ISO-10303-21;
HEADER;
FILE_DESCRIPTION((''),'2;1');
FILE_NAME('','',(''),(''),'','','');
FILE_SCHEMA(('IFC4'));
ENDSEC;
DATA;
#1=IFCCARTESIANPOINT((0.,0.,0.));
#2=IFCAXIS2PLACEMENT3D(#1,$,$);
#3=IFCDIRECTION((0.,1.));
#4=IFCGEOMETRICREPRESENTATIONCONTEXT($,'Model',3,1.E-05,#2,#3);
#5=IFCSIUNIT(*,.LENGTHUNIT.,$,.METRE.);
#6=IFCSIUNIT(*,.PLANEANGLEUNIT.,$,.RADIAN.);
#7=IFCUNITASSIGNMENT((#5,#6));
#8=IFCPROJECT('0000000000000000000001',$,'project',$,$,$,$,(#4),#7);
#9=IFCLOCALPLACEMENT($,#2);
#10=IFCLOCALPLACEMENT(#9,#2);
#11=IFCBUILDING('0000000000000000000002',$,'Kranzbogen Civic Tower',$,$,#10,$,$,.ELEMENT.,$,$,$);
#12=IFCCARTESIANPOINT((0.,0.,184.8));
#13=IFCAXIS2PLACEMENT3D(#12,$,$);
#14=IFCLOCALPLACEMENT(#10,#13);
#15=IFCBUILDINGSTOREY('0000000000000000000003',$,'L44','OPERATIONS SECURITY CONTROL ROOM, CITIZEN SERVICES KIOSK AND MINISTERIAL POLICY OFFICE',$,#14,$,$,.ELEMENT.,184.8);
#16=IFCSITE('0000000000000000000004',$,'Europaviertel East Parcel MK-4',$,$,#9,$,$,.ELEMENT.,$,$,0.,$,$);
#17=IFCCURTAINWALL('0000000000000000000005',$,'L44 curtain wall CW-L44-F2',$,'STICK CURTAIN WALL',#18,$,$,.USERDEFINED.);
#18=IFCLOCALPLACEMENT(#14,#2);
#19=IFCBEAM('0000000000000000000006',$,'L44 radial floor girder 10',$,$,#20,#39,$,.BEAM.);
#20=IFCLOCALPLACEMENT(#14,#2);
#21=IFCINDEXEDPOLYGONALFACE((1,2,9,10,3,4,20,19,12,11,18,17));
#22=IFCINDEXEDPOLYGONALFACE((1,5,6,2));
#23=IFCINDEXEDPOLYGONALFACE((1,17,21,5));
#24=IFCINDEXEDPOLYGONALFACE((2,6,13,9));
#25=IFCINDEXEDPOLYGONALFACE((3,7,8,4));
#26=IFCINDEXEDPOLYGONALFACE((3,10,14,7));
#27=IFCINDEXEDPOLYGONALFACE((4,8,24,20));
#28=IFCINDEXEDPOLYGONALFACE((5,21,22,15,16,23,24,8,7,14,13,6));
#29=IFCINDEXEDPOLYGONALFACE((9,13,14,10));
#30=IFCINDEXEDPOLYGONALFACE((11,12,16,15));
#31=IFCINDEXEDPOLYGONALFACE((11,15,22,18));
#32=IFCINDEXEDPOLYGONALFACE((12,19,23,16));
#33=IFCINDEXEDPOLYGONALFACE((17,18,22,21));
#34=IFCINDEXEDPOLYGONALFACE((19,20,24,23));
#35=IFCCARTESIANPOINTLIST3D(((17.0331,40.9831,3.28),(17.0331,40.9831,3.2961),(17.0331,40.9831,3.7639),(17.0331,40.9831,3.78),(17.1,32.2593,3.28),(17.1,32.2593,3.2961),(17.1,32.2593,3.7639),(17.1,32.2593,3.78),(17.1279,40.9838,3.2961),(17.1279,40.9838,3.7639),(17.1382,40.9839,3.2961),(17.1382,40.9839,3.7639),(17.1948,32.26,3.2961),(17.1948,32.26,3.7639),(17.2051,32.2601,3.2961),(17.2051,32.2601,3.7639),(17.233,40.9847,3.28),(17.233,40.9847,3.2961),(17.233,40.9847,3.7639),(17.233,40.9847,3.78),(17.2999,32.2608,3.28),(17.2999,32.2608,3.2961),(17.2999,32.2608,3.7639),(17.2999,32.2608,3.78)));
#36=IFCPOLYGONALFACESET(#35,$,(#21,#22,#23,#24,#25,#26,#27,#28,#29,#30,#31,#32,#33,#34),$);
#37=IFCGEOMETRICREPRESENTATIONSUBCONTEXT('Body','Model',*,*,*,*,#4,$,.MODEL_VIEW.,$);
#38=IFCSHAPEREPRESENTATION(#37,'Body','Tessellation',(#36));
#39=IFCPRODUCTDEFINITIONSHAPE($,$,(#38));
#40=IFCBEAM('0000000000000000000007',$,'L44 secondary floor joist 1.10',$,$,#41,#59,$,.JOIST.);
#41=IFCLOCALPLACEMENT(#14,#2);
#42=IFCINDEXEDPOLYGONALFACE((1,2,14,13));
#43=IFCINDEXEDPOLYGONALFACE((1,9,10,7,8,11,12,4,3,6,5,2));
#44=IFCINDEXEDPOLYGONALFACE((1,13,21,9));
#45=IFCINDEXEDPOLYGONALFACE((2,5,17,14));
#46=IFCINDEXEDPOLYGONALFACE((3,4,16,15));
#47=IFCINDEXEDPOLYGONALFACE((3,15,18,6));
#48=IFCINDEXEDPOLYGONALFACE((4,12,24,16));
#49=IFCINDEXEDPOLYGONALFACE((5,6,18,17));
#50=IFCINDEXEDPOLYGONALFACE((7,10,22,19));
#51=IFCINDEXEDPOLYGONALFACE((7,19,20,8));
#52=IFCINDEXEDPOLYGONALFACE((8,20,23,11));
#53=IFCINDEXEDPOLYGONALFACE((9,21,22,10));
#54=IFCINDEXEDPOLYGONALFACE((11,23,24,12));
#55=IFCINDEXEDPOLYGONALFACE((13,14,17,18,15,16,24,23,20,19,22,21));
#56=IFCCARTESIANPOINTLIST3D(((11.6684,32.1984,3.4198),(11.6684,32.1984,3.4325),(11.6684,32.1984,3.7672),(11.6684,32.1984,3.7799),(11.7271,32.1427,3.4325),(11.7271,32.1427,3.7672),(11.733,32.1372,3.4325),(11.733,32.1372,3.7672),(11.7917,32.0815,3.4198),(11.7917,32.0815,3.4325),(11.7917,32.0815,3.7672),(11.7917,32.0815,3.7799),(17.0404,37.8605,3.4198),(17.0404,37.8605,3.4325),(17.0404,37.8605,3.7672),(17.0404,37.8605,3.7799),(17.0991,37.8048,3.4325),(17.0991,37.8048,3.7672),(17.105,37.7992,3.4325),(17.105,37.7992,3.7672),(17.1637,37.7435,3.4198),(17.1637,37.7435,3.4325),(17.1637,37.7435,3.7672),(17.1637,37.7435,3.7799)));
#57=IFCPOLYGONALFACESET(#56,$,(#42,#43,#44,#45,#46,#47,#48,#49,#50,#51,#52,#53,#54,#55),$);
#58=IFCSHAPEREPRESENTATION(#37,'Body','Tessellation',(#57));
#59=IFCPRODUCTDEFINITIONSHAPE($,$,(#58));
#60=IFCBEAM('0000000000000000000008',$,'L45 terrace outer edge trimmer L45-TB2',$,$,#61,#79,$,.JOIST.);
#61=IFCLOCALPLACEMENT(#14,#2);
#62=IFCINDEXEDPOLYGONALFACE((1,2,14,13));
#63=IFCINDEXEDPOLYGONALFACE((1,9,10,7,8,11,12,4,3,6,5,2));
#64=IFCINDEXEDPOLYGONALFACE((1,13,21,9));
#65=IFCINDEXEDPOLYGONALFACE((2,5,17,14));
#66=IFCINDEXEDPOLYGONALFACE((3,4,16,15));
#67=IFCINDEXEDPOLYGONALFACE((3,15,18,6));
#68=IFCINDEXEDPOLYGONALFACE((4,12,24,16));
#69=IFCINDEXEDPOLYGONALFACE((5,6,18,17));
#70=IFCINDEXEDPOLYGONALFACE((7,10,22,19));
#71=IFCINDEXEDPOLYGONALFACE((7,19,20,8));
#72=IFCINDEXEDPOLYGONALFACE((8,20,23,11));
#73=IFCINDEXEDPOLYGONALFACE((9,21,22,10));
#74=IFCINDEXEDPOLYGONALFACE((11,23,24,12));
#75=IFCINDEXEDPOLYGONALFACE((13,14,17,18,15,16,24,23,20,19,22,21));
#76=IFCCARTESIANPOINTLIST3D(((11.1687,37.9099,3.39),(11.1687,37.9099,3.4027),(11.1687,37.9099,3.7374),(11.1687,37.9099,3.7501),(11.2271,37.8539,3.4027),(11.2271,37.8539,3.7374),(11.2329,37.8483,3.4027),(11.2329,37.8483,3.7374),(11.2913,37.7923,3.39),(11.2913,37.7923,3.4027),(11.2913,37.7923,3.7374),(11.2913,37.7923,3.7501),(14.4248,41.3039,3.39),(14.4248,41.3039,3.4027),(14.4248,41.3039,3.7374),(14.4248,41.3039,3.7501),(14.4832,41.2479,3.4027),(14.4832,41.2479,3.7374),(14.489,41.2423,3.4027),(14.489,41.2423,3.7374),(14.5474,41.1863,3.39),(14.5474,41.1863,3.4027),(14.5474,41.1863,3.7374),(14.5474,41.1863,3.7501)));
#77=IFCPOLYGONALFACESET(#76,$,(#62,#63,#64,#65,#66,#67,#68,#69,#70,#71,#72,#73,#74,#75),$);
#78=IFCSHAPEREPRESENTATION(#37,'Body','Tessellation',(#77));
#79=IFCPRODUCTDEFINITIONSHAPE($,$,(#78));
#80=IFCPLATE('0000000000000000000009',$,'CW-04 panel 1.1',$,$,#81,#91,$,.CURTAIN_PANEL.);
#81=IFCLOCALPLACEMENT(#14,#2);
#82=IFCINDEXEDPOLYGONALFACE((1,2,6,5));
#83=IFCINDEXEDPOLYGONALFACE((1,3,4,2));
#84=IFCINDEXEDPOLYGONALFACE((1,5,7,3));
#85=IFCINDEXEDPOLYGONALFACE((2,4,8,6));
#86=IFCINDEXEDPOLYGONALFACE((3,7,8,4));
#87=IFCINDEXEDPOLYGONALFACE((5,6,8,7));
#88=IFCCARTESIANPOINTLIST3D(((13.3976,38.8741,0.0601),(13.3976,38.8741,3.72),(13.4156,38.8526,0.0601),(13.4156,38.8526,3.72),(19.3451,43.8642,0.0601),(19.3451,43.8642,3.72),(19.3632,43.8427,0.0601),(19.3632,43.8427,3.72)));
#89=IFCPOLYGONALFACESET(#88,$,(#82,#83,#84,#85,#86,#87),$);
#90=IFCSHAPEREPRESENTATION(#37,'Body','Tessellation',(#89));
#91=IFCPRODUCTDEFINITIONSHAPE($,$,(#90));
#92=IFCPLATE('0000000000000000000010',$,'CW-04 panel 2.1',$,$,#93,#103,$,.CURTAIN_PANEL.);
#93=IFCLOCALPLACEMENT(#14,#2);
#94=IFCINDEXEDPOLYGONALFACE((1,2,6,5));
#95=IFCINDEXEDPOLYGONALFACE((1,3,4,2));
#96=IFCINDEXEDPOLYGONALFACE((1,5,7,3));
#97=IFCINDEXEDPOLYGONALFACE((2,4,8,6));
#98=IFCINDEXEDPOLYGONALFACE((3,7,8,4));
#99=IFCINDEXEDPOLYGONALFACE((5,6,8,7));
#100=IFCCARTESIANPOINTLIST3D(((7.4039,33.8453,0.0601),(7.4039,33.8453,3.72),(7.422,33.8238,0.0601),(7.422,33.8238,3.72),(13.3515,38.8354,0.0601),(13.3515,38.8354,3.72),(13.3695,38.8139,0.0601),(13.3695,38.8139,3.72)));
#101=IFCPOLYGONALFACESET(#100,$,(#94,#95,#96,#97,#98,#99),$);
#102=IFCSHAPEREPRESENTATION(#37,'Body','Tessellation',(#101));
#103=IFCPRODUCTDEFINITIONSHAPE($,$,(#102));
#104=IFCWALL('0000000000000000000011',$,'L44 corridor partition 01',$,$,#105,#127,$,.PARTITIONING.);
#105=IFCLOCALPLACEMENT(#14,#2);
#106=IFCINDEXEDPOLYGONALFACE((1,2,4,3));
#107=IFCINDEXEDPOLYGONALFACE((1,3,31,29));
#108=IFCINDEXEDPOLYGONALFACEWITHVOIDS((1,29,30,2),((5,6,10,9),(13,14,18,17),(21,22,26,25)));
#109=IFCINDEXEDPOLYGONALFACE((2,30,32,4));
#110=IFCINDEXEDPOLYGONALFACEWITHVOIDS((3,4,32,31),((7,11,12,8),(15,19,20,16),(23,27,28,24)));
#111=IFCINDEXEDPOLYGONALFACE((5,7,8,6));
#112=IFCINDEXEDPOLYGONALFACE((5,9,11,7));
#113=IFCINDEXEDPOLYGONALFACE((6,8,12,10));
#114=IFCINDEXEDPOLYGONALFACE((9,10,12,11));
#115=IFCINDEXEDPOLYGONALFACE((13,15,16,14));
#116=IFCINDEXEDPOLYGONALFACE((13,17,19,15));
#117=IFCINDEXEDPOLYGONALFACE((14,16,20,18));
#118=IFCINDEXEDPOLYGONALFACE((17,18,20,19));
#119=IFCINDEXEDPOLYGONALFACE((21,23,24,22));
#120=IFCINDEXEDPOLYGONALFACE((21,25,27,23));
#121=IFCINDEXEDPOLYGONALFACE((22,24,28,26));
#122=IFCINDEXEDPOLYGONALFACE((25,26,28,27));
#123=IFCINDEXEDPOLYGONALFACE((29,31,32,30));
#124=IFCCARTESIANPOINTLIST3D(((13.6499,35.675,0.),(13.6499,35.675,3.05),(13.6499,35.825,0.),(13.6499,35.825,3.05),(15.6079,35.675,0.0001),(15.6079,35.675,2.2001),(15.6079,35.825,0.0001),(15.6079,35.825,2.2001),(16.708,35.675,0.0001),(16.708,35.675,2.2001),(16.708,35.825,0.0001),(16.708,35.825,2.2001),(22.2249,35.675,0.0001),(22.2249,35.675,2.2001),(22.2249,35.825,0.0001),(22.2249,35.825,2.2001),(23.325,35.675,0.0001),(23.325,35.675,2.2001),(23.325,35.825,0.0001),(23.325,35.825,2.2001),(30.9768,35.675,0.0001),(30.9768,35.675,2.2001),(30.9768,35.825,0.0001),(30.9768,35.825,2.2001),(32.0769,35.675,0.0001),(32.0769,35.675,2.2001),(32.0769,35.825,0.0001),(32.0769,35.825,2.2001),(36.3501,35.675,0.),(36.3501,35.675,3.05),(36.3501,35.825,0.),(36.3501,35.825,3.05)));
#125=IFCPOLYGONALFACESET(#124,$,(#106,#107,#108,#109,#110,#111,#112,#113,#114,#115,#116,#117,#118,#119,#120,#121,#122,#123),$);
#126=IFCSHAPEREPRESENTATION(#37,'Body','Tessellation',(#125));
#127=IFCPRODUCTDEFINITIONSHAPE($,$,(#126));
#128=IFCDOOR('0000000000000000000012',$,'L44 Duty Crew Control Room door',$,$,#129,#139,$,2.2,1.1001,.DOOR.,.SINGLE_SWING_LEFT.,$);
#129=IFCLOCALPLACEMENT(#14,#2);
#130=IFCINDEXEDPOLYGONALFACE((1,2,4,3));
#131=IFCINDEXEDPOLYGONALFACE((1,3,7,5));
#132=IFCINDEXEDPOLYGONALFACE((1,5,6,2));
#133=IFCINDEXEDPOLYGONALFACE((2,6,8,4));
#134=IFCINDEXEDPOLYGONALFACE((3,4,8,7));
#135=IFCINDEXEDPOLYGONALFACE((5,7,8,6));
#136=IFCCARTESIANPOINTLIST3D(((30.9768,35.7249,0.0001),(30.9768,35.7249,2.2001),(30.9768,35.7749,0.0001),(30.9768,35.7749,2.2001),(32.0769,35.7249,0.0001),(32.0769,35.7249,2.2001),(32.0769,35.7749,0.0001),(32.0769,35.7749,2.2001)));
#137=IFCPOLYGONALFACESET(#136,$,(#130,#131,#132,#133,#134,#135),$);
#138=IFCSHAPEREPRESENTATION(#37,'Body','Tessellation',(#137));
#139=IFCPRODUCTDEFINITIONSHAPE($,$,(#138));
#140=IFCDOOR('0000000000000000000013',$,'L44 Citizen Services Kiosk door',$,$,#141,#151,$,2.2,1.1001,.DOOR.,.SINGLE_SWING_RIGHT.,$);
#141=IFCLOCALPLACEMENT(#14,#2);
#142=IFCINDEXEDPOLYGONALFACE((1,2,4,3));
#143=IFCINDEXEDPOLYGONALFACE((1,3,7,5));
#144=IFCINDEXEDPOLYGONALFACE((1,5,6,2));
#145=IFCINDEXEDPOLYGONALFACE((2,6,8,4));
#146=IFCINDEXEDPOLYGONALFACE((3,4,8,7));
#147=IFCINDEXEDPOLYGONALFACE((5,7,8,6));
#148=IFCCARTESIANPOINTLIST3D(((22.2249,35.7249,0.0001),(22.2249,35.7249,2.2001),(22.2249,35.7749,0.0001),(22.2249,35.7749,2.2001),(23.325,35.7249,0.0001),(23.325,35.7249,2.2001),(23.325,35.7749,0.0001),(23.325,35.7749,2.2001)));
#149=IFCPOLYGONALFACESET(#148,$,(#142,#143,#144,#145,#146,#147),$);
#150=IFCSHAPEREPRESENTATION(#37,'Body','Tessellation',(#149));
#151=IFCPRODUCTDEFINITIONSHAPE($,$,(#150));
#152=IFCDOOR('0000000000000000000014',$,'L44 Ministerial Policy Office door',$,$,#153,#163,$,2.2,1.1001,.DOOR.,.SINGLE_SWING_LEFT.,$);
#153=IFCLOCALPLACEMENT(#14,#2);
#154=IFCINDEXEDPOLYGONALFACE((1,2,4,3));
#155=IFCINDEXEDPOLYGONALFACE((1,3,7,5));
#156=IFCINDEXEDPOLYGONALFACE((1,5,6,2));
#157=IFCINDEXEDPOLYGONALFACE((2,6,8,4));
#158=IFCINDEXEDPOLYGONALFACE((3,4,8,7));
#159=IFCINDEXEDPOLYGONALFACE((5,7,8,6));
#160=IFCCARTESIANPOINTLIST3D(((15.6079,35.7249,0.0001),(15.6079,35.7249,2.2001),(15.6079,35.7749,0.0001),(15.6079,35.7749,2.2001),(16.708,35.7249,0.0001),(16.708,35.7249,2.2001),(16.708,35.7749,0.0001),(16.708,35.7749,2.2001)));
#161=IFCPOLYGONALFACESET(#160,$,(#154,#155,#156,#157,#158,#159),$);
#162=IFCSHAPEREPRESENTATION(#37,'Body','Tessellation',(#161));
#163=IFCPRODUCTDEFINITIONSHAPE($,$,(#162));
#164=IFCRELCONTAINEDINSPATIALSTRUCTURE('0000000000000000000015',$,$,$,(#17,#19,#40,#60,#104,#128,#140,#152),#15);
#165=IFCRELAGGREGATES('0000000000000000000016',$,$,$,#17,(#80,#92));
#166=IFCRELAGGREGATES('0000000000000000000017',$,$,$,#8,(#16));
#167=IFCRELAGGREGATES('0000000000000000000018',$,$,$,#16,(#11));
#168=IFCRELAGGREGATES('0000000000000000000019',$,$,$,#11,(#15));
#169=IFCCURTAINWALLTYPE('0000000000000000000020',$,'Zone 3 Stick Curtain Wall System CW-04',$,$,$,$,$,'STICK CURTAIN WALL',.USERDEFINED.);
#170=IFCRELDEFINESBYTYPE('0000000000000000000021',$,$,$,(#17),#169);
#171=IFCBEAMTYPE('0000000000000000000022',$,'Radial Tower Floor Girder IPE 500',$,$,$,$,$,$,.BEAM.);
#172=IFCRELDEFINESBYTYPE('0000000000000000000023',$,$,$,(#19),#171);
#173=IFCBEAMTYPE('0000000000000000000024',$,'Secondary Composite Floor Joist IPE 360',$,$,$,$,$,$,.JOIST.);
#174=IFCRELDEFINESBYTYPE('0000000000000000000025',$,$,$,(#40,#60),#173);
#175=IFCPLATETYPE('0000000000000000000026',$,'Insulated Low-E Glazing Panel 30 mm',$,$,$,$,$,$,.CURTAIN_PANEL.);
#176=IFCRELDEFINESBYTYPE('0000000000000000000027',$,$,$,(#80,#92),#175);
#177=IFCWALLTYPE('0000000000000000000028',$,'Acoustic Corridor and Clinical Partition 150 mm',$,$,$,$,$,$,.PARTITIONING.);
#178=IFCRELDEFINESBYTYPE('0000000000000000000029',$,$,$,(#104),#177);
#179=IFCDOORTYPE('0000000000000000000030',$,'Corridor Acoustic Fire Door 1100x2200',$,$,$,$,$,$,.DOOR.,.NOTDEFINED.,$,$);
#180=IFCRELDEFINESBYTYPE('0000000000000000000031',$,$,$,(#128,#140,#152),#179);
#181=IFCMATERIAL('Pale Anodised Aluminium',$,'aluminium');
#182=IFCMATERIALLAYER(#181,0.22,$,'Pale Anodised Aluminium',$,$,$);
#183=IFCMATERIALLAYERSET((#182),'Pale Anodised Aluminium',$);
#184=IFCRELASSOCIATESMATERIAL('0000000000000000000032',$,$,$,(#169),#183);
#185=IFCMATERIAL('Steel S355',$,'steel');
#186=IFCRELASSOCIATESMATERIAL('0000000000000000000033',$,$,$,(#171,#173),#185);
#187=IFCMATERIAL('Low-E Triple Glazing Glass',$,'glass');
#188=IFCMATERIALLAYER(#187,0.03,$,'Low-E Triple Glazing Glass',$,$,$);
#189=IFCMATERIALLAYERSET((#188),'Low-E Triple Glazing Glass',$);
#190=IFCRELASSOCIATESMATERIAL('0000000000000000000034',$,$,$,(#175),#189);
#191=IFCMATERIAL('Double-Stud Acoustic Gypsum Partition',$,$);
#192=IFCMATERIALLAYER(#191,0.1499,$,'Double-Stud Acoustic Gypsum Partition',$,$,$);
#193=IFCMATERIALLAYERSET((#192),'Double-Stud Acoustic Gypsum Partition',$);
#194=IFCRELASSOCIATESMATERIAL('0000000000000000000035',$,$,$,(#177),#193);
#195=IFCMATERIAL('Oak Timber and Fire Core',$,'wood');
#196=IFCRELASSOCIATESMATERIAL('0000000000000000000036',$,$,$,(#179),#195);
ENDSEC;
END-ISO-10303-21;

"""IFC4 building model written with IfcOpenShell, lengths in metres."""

from ifc_helpers import new_model, si_unit, direction, frame, frame_2d, origin, origin_2d, place, context, subcontext, project, spatial, rectangle, i_section, extrude, material, layer, layer_set, material_profile, profile_set, type_object, element, fill, aggregate, save


model = new_model("IFC4")

# Units and contexts
model_context = context("Model", 3, precision=1e-05, world=origin(), true_north=direction((0.0, 1.0)))
body_context = subcontext(model_context, "Body", "Model", "MODEL_VIEW")
ifc_project = project(units=[si_unit("LENGTHUNIT", "METRE"), si_unit("PLANEANGLEUNIT", "RADIAN")], contexts=[model_context])

# Site, building, storey
site_placement = place(None, origin())
site = spatial("IfcSite", under=ifc_project, at=site_placement, Name="Europaviertel East Parcel MK-4", CompositionType="ELEMENT", RefElevation=0.0)
building_placement = place(site_placement, origin())
building = spatial("IfcBuilding", under=site, at=building_placement, Name="Kranzbogen Civic Tower", CompositionType="ELEMENT")
storey_placement = place(building_placement, frame((0.0, 0.0, 184.8)))
storey = spatial("IfcBuildingStorey", under=building, at=storey_placement, Name="L44", Description="OPERATIONS SECURITY CONTROL ROOM, CITIZEN SERVICES KIOSK AND MINISTERIAL POLICY OFFICE", CompositionType="ELEMENT", Elevation=184.8)

# Shared definitions
ifc_material_1 = material(Name="Steel S355", Category="steel")

# Curtain wall
ifc_material_2 = material(Name="Pale Anodised Aluminium", Category="aluminium")
ifc_layer_1 = layer(ifc_material_2, 0.22, Name="Pale Anodised Aluminium")
ifc_layer_set_1 = layer_set([ifc_layer_1], Name="Pale Anodised Aluminium")
curtain_wall_type = type_object("IfcCurtainWallType", Name="Zone 3 Stick Curtain Wall System CW-04", ElementType="STICK CURTAIN WALL", PredefinedType="USERDEFINED", material=ifc_layer_set_1)
curtain_wall_placement = place(storey_placement, origin())
curtain_wall = element("IfcCurtainWall", 1, at=curtain_wall_placement, inside=storey, type_object=curtain_wall_type, Name="L44 curtain wall CW-L44-F2", ObjectType="STICK CURTAIN WALL", PredefinedType="USERDEFINED")

# Beams
ifc_material_profile_1 = material_profile(ifc_material_1, i_section(OverallWidth=0.2, OverallDepth=0.5, WebThickness=0.0103, FlangeThickness=0.0161, at=origin_2d()), Name="IPE 500")
ifc_profile_set_1 = profile_set([ifc_material_profile_1], Name="Steel S355")
beam_type_1 = type_object("IfcBeamType", Name="Radial Tower Floor Girder IPE 500", PredefinedType="BEAM", material=ifc_profile_set_1)
beam_1_placement = place(storey_placement, frame((17.1331, 40.9839, 3.53), z_axis=(0.007668, -0.999971, 0.0), x_axis=(0.999971, 0.007668, 0.0)))
element("IfcBeam", 2, at=beam_1_placement, inside=storey, type_object=beam_type_1, Name="L44 radial floor girder 10", PredefinedType="BEAM", context=body_context, shape_type="SweptSolid", body=[
    extrude(i_section(OverallWidth=0.2, OverallDepth=0.5, WebThickness=0.0103, FlangeThickness=0.0161, at=origin_2d()), origin(), (0.0, 0.0, 1.0), 8.7241),
])
ifc_material_profile_2 = material_profile(ifc_material_1, i_section(OverallWidth=0.1699, OverallDepth=0.3601, WebThickness=0.0081, FlangeThickness=0.0127, at=origin_2d()), Name="IPE 360")
ifc_profile_set_2 = profile_set([ifc_material_profile_2], Name="Steel S355")
beam_type_2 = type_object("IfcBeamType", Name="Secondary Composite Floor Joist IPE 360", PredefinedType="JOIST", material=ifc_profile_set_2)
beam_2_placement = place(storey_placement, frame((17.1021, 37.802, 3.5999), z_axis=(-0.688282, -0.725443, 0.0), x_axis=(0.725443, -0.688282, 0.0)))
element("IfcBeam", 3, at=beam_2_placement, inside=storey, type_object=beam_type_2, Name="L44 secondary floor joist 1.10", PredefinedType="JOIST", context=body_context, shape_type="SweptSolid", body=[
    extrude(i_section(OverallWidth=0.1699, OverallDepth=0.3601, WebThickness=0.0081, FlangeThickness=0.0127, at=origin_2d()), origin(), (0.0, 0.0, 1.0), 7.8049),
])
beam_3_placement = place(storey_placement, frame((14.4861, 41.2451, 3.5701), z_axis=(-0.692291, -0.721619, 0.0), x_axis=(0.721619, -0.692291, 0.0)))
element("IfcBeam", 4, at=beam_3_placement, inside=storey, type_object=beam_type_2, Name="L45 terrace outer edge trimmer L45-TB2", PredefinedType="JOIST", context=body_context, shape_type="SweptSolid", body=[
    extrude(i_section(OverallWidth=0.1699, OverallDepth=0.3601, WebThickness=0.0081, FlangeThickness=0.0127, at=origin_2d()), origin(), (0.0, 0.0, 1.0), 4.7034),
])

# Plates
ifc_material_3 = material(Name="Low-E Triple Glazing Glass", Category="glass")
ifc_layer_2 = layer(ifc_material_3, 0.03, Name="Low-E Triple Glazing Glass")
ifc_layer_set_2 = layer_set([ifc_layer_2], Name="Low-E Triple Glazing Glass")
plate_type = type_object("IfcPlateType", Name="Insulated Low-E Glazing Panel 30 mm", PredefinedType="CURTAIN_PANEL", material=ifc_layer_set_2)
plate_1_placement = place(storey_placement, frame((16.3804, 41.3584, 0.0601), z_axis=(0.0, 0.0, 1.0), x_axis=(-0.766072, -0.642755, 0.0)))
plate_1 = element("IfcPlate", 5, at=plate_1_placement, type_object=plate_type, Name="CW-04 panel 1.1", PredefinedType="CURTAIN_PANEL", context=body_context, shape_type="SweptSolid", body=[
    extrude(rectangle(XDim=7.7637, YDim=0.0281, at=origin_2d()), origin(), (0.0, 0.0, 1.0), 3.6599),
])
plate_2_placement = place(storey_placement, frame((10.3867, 36.3296, 0.0601), z_axis=(0.0, 0.0, 1.0), x_axis=(-0.766072, -0.642755, 0.0)))
plate_2 = element("IfcPlate", 6, at=plate_2_placement, type_object=plate_type, Name="CW-04 panel 2.1", PredefinedType="CURTAIN_PANEL", context=body_context, shape_type="SweptSolid", body=[
    extrude(rectangle(XDim=7.7637, YDim=0.0281, at=origin_2d()), origin(), (0.0, 0.0, 1.0), 3.6599),
])
aggregate(curtain_wall, [plate_1, plate_2])

# Wall, openings, doors
ifc_material_4 = material(Name="Double-Stud Acoustic Gypsum Partition")
ifc_layer_3 = layer(ifc_material_4, 0.1499, Name="Double-Stud Acoustic Gypsum Partition")
ifc_layer_set_3 = layer_set([ifc_layer_3], Name="Double-Stud Acoustic Gypsum Partition")
wall_type_1 = type_object("IfcWallType", Name="Acoustic Corridor and Clinical Partition 150 mm", PredefinedType="PARTITIONING", material=ifc_layer_set_3)
wall_1_placement = place(storey_placement, frame((13.6499, 35.75, 0.0), z_axis=(0.0, 0.0, 1.0), x_axis=(1.0, 0.0, 0.0)))
wall_1 = element("IfcWall", 7, at=wall_1_placement, inside=storey, type_object=wall_type_1, Name="L44 corridor partition 01", PredefinedType="PARTITIONING", context=body_context, shape_type="SweptSolid", body=[
    extrude(rectangle(XDim=22.7002, YDim=0.1499, at=frame_2d((11.3501, 0.0))), origin(), (0.0, 0.0, 1.0), 3.05),
])
opening_1_placement = place(wall_1_placement, frame((17.3269, 0.0, 0.0)))
opening_1 = element("IfcOpeningElement", 8, at=opening_1_placement, cuts=wall_1, PredefinedType="OPENING", context=body_context, shape_type="SweptSolid", body=[
    extrude(rectangle(XDim=1.1001, YDim=2.2, at=frame_2d((0.55, 1.1001))), frame((0.0, 0.085, 0.0), z_axis=(0.0, -1.0, 0.0), x_axis=(1.0, 0.0, 0.0)), (0.0, 0.0, 1.0), 0.1699),
])
opening_2_placement = place(wall_1_placement, frame((8.575, 0.0, 0.0)))
opening_2 = element("IfcOpeningElement", 9, at=opening_2_placement, cuts=wall_1, PredefinedType="OPENING", context=body_context, shape_type="SweptSolid", body=[
    extrude(rectangle(XDim=1.1001, YDim=2.2, at=frame_2d((0.55, 1.1001))), frame((0.0, 0.085, 0.0), z_axis=(0.0, -1.0, 0.0), x_axis=(1.0, 0.0, 0.0)), (0.0, 0.0, 1.0), 0.1699),
])
opening_3_placement = place(wall_1_placement, frame((1.958, 0.0, 0.0)))
opening_3 = element("IfcOpeningElement", 10, at=opening_3_placement, cuts=wall_1, PredefinedType="OPENING", context=body_context, shape_type="SweptSolid", body=[
    extrude(rectangle(XDim=1.1001, YDim=2.2, at=frame_2d((0.55, 1.1001))), frame((0.0, 0.085, 0.0), z_axis=(0.0, -1.0, 0.0), x_axis=(1.0, 0.0, 0.0)), (0.0, 0.0, 1.0), 0.1699),
])
ifc_material_5 = material(Name="Oak Timber and Fire Core", Category="wood")
door_type = type_object("IfcDoorType", Name="Corridor Acoustic Fire Door 1100x2200", OperationType="NOTDEFINED", PredefinedType="DOOR", material=ifc_material_5)
door_1_placement = place(opening_1_placement, origin())
door_1 = element("IfcDoor", 11, at=door_1_placement, inside=storey, type_object=door_type, Name="L44 Duty Crew Control Room door", OperationType="SINGLE_SWING_LEFT", OverallHeight=2.2, OverallWidth=1.1001, PredefinedType="DOOR", context=body_context, shape_type="SweptSolid", body=[
    extrude(rectangle(XDim=1.1001, YDim=2.2, at=frame_2d((0.55, 1.1001))), frame((0.0, 0.0249, 0.0), z_axis=(0.0, -1.0, 0.0), x_axis=(1.0, 0.0, 0.0)), (0.0, 0.0, 1.0), 0.05),
])
fill(opening_1, door_1)
door_2_placement = place(opening_2_placement, origin())
door_2 = element("IfcDoor", 12, at=door_2_placement, inside=storey, type_object=door_type, Name="L44 Citizen Services Kiosk door", OperationType="SINGLE_SWING_RIGHT", OverallHeight=2.2, OverallWidth=1.1001, PredefinedType="DOOR", context=body_context, shape_type="SweptSolid", body=[
    extrude(rectangle(XDim=1.1001, YDim=2.2, at=frame_2d((0.55, 1.1001))), frame((0.0, 0.0249, 0.0), z_axis=(0.0, -1.0, 0.0), x_axis=(1.0, 0.0, 0.0)), (0.0, 0.0, 1.0), 0.05),
])
fill(opening_2, door_2)
door_3_placement = place(opening_3_placement, origin())
door_3 = element("IfcDoor", 13, at=door_3_placement, inside=storey, type_object=door_type, Name="L44 Ministerial Policy Office door", OperationType="SINGLE_SWING_LEFT", OverallHeight=2.2, OverallWidth=1.1001, PredefinedType="DOOR", context=body_context, shape_type="SweptSolid", body=[
    extrude(rectangle(XDim=1.1001, YDim=2.2, at=frame_2d((0.55, 1.1001))), frame((0.0, 0.0249, 0.0), z_axis=(0.0, -1.0, 0.0), x_axis=(1.0, 0.0, 0.0)), (0.0, 0.0, 1.0), 0.05),
])
fill(opening_3, door_3)

save(model, "model.ifc")
